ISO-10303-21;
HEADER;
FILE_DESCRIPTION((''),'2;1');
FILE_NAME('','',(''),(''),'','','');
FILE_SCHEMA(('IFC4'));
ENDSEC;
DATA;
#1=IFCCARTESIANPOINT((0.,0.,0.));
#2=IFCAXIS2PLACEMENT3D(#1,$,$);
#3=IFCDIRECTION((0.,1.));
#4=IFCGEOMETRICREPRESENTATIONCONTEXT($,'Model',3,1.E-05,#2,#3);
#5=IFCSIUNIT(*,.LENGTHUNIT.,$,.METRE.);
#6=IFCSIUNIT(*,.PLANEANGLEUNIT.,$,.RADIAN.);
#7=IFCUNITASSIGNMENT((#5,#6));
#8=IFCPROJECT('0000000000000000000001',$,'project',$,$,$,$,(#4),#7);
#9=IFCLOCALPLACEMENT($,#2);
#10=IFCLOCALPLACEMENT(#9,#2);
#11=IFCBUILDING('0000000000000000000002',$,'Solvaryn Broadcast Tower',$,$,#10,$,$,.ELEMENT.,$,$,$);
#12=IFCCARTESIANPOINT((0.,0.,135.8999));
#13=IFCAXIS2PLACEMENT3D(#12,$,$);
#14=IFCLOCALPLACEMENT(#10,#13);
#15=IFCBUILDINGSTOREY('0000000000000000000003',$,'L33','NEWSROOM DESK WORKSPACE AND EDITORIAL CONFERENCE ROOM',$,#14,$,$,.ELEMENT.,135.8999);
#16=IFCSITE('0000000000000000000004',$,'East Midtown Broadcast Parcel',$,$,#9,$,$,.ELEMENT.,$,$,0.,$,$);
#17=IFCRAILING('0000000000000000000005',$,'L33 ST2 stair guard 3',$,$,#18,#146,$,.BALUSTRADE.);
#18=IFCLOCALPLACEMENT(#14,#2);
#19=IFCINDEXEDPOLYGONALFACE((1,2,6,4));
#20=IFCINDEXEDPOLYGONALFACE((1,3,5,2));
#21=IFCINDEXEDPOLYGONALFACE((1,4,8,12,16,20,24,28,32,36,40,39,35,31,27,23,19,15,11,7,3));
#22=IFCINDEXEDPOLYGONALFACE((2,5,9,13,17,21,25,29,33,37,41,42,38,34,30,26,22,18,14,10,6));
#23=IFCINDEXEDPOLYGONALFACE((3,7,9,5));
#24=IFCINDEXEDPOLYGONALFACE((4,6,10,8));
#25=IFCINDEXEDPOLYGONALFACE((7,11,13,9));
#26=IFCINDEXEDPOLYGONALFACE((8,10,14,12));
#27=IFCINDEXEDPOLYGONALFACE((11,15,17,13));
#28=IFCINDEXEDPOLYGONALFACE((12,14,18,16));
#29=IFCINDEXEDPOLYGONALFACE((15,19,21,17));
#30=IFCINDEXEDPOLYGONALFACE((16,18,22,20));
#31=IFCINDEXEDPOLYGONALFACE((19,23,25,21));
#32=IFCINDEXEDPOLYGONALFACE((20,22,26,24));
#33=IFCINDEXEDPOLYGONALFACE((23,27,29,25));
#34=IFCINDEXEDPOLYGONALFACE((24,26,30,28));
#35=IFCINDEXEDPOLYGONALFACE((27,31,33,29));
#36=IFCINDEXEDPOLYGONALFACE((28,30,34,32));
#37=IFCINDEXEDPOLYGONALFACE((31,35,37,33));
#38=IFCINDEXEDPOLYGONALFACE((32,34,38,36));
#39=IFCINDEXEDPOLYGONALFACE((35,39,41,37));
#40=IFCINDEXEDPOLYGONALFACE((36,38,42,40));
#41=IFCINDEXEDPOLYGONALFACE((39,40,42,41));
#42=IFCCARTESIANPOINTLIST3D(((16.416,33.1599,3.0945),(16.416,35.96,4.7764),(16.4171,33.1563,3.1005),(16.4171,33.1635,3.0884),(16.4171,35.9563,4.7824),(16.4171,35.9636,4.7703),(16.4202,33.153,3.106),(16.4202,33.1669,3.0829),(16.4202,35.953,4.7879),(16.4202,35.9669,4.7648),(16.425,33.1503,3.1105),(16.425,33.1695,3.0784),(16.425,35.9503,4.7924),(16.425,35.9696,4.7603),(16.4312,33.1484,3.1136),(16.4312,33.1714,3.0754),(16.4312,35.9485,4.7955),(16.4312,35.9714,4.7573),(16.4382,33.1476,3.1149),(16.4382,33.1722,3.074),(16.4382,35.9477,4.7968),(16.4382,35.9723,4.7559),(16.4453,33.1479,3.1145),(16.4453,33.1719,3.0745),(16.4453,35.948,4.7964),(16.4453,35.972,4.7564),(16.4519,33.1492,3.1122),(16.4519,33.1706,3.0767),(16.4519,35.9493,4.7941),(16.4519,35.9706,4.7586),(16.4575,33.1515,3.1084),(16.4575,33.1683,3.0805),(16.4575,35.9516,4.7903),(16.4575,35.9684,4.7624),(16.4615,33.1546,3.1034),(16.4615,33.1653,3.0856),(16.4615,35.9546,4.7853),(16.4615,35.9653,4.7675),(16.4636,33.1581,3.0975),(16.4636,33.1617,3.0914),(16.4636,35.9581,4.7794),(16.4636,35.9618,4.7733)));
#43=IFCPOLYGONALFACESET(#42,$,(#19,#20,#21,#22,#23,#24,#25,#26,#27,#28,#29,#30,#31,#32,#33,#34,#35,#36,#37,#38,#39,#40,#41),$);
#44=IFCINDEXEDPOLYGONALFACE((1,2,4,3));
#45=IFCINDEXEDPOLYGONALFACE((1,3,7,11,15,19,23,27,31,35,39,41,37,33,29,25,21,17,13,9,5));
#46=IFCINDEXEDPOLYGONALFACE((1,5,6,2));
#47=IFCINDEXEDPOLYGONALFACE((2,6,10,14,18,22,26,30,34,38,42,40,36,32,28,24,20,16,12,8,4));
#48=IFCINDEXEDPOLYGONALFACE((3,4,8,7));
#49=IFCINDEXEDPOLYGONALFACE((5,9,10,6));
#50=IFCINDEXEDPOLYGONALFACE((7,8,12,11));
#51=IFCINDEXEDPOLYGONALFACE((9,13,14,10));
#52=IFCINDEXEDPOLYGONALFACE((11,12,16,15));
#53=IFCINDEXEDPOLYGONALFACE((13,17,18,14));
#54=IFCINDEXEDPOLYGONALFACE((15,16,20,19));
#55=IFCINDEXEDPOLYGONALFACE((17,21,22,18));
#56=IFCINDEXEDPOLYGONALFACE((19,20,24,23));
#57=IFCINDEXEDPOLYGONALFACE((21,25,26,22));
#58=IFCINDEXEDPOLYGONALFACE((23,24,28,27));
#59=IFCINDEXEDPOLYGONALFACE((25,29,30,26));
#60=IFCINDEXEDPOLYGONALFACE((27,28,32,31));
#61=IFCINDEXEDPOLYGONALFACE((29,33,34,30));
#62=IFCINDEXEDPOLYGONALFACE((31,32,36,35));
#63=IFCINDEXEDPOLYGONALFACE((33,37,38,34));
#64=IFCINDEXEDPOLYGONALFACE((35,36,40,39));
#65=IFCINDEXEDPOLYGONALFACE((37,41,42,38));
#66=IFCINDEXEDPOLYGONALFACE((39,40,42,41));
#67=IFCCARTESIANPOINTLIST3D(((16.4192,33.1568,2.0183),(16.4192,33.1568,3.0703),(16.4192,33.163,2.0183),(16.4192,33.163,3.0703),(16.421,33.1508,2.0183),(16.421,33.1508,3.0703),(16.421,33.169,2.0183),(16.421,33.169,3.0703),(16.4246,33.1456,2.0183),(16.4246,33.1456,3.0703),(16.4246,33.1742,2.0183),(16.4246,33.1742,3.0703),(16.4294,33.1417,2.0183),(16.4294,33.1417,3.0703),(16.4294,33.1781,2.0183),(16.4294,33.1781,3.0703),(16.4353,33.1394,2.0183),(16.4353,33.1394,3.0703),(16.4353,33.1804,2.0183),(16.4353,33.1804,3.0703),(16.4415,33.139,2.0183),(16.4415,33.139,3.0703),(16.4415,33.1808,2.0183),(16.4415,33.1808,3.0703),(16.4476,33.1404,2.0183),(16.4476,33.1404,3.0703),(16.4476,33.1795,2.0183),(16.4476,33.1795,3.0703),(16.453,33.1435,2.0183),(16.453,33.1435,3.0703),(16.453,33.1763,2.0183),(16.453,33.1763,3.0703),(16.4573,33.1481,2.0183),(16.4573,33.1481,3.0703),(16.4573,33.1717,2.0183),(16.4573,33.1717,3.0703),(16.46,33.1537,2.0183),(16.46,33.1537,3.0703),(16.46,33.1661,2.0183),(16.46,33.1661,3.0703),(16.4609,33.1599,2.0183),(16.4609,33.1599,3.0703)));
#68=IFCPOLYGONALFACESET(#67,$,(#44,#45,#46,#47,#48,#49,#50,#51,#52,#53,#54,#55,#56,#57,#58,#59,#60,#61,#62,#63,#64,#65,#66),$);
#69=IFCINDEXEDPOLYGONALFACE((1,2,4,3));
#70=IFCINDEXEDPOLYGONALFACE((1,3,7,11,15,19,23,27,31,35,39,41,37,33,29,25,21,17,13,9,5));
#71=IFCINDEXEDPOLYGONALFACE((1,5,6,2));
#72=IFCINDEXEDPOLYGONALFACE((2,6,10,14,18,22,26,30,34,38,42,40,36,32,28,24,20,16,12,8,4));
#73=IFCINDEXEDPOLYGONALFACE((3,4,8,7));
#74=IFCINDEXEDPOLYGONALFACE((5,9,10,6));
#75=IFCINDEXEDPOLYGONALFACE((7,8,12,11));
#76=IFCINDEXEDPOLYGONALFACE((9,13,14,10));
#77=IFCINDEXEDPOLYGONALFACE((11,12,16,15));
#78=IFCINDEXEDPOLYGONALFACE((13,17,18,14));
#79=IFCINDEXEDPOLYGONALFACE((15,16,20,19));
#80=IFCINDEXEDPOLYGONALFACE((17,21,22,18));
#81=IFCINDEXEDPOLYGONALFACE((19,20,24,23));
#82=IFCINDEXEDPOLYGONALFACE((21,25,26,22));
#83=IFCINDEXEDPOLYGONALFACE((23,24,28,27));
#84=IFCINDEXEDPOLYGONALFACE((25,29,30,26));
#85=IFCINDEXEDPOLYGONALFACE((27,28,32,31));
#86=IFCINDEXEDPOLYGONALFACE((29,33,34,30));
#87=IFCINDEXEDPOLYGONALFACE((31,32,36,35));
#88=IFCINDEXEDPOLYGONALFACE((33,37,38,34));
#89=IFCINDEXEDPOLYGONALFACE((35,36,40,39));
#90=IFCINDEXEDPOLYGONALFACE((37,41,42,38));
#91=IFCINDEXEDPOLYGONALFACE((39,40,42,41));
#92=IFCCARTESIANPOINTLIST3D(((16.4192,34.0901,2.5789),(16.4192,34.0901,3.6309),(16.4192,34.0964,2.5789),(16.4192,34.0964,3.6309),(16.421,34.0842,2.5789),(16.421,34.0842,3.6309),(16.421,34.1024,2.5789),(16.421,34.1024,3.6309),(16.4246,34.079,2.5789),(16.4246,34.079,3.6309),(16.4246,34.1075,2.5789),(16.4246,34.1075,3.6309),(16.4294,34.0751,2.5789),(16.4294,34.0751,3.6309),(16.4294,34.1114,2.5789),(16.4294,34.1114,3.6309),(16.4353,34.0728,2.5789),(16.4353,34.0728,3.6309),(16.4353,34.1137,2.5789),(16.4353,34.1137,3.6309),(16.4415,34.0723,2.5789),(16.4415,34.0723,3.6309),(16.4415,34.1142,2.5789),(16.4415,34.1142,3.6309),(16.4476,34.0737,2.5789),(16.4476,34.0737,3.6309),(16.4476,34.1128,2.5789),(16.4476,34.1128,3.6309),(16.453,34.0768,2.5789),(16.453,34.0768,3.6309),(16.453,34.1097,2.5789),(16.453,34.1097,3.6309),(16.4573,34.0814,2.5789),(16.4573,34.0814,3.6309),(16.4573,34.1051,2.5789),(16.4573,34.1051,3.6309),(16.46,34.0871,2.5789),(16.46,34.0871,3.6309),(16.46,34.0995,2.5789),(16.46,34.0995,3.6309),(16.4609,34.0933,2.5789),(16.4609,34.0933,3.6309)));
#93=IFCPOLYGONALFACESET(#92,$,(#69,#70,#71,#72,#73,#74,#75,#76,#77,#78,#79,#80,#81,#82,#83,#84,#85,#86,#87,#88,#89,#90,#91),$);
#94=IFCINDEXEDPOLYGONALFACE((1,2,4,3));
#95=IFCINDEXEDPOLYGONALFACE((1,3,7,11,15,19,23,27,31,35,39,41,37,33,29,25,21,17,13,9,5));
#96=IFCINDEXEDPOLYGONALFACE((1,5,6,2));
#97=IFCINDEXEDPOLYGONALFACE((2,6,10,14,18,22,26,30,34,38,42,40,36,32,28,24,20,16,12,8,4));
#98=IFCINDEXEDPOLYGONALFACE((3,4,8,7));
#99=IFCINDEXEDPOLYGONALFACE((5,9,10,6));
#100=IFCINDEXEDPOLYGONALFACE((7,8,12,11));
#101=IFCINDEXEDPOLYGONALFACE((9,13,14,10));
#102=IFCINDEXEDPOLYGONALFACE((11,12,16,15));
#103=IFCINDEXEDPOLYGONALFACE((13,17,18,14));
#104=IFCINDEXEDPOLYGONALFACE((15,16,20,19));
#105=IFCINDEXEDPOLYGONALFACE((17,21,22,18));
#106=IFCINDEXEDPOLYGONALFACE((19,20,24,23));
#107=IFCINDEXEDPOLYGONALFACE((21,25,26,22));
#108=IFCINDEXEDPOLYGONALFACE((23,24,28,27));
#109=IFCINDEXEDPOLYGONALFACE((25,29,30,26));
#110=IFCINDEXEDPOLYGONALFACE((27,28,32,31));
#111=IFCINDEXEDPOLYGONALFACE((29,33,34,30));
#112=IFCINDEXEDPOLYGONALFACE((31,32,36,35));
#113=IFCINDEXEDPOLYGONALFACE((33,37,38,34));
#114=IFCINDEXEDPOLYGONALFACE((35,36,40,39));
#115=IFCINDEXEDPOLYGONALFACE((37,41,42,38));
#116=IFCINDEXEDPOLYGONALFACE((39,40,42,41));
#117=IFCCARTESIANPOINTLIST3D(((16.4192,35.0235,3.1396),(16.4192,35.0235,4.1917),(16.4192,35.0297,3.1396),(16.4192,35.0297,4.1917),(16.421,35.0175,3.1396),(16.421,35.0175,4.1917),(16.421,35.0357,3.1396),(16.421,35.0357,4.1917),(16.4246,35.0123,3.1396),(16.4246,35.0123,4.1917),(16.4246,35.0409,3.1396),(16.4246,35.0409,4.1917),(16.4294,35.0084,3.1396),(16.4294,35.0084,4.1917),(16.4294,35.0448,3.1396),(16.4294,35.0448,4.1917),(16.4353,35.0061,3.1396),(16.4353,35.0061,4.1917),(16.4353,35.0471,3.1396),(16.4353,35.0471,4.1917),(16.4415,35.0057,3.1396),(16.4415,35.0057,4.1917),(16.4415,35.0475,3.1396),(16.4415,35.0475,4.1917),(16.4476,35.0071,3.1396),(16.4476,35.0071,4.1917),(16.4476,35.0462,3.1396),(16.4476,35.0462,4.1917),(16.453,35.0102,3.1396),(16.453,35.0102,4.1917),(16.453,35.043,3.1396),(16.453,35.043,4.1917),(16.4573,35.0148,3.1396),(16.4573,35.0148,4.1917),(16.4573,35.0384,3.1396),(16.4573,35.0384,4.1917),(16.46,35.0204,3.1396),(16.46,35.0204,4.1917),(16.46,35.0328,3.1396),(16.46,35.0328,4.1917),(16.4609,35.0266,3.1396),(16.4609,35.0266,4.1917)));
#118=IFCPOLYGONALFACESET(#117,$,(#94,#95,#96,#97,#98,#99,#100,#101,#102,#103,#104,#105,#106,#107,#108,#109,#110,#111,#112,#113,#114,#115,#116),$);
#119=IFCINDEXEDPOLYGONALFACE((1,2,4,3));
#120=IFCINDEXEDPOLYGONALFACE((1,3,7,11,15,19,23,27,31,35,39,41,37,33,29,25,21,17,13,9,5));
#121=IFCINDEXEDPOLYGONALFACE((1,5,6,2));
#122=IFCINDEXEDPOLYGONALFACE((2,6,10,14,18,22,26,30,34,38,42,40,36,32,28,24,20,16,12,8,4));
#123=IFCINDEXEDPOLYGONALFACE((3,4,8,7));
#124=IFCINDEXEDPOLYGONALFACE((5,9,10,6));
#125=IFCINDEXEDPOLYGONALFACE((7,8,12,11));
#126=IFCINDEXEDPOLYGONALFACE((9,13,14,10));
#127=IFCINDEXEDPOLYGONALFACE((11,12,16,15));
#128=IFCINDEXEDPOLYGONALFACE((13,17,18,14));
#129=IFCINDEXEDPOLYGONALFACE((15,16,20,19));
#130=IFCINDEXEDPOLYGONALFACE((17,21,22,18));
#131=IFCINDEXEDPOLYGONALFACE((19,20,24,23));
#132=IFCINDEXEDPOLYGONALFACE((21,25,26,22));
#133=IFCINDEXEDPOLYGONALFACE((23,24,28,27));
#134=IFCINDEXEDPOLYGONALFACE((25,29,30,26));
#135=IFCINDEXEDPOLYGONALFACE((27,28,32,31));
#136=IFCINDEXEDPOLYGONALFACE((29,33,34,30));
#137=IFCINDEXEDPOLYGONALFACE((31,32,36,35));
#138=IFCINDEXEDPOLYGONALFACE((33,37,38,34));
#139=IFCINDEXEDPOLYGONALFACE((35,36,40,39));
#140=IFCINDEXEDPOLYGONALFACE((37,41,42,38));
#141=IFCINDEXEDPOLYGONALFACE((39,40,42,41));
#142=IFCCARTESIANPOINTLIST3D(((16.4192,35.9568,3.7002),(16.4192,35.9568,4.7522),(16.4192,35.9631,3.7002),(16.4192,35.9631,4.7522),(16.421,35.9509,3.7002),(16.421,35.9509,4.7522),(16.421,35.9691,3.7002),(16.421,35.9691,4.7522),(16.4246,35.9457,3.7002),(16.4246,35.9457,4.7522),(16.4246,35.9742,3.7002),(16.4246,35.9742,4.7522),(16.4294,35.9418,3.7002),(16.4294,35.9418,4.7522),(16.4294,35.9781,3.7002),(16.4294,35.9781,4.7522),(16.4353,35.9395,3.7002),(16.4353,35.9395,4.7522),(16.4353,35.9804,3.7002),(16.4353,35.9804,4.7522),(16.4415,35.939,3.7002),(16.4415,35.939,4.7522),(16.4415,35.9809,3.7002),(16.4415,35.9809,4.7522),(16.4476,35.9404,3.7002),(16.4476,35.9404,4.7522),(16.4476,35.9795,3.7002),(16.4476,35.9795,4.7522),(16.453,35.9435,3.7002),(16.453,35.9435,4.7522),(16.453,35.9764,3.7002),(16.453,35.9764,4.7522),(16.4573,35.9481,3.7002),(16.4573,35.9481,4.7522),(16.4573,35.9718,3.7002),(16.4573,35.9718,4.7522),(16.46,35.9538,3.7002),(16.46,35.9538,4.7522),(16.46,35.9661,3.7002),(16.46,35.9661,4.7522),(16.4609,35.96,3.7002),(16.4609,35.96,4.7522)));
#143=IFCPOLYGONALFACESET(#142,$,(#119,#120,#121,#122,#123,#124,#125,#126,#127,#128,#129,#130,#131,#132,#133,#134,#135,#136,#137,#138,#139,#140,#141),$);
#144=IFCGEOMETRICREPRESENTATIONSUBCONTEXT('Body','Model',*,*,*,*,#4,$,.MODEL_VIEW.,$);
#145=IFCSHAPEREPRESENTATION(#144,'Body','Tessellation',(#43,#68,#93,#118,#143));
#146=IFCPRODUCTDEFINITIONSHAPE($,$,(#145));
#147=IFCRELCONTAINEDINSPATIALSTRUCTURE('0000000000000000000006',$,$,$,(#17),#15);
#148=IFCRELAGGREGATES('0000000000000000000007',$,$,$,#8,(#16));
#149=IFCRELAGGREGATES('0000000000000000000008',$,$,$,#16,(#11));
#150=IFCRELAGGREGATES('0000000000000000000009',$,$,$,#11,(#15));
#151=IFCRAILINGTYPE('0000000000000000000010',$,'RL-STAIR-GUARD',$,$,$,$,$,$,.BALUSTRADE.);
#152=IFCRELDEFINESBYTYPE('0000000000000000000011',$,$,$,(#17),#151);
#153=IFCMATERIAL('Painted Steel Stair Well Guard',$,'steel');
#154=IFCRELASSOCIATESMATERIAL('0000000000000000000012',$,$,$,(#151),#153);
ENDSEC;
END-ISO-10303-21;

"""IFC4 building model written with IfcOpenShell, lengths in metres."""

from ifc_helpers import new_model, si_unit, direction, frame, origin, origin_2d, place, context, subcontext, project, spatial, circle, extrude, material, type_object, element, save


model = new_model("IFC4")

# Units and contexts
model_context = context("Model", 3, precision=1e-05, world=origin(), true_north=direction((0.0, 1.0)))
body_context = subcontext(model_context, "Body", "Model", "MODEL_VIEW")
ifc_project = project(units=[si_unit("LENGTHUNIT", "METRE"), si_unit("PLANEANGLEUNIT", "RADIAN")], contexts=[model_context])

# Site, building, storey
site_placement = place(None, origin())
site = spatial("IfcSite", under=ifc_project, at=site_placement, Name="East Midtown Broadcast Parcel", CompositionType="ELEMENT", RefElevation=0.0)
building_placement = place(site_placement, origin())
building = spatial("IfcBuilding", under=site, at=building_placement, Name="Solvaryn Broadcast Tower", CompositionType="ELEMENT")
storey_placement = place(building_placement, frame((0.0, 0.0, 135.8999)))
storey = spatial("IfcBuildingStorey", under=building, at=storey_placement, Name="L33", Description="NEWSROOM DESK WORKSPACE AND EDITORIAL CONFERENCE ROOM", CompositionType="ELEMENT", Elevation=135.8999)

# Railing
ifc_material_1 = material(Name="Painted Steel Stair Well Guard", Category="steel")
railing_type_1 = type_object("IfcRailingType", Name="RL-STAIR-GUARD", PredefinedType="BALUSTRADE", material=ifc_material_1)
railing_1_placement = place(storey_placement, frame((16.4399, 33.1599, 2.0183)))
element("IfcRailing", 1, at=railing_1_placement, inside=storey, type_object=railing_type_1, Name="L33 ST2 stair guard 3", PredefinedType="BALUSTRADE", context=body_context, shape_type="SweptSolid", body=[
    extrude(circle(Radius=0.0239, at=origin_2d()), frame((0.0, 0.0, 1.0762), z_axis=(0.0, 0.857242, 0.514913), x_axis=(-1.0, 0.0, 0.0)), (0.0, 0.0, 1.0), 3.2664),
    extrude(circle(Radius=0.021, at=origin_2d()), origin(), (0.0, 0.0, 1.0), 1.052),
    extrude(circle(Radius=0.021, at=origin_2d()), frame((0.0, 0.9333, 0.5605)), (0.0, 0.0, 1.0), 1.052),
    extrude(circle(Radius=0.021, at=origin_2d()), frame((0.0, 1.8667, 1.1213)), (0.0, 0.0, 1.0), 1.052),
    extrude(circle(Radius=0.021, at=origin_2d()), frame((0.0, 2.8, 1.6819)), (0.0, 0.0, 1.0), 1.052),
])

save(model, "model.ifc")
